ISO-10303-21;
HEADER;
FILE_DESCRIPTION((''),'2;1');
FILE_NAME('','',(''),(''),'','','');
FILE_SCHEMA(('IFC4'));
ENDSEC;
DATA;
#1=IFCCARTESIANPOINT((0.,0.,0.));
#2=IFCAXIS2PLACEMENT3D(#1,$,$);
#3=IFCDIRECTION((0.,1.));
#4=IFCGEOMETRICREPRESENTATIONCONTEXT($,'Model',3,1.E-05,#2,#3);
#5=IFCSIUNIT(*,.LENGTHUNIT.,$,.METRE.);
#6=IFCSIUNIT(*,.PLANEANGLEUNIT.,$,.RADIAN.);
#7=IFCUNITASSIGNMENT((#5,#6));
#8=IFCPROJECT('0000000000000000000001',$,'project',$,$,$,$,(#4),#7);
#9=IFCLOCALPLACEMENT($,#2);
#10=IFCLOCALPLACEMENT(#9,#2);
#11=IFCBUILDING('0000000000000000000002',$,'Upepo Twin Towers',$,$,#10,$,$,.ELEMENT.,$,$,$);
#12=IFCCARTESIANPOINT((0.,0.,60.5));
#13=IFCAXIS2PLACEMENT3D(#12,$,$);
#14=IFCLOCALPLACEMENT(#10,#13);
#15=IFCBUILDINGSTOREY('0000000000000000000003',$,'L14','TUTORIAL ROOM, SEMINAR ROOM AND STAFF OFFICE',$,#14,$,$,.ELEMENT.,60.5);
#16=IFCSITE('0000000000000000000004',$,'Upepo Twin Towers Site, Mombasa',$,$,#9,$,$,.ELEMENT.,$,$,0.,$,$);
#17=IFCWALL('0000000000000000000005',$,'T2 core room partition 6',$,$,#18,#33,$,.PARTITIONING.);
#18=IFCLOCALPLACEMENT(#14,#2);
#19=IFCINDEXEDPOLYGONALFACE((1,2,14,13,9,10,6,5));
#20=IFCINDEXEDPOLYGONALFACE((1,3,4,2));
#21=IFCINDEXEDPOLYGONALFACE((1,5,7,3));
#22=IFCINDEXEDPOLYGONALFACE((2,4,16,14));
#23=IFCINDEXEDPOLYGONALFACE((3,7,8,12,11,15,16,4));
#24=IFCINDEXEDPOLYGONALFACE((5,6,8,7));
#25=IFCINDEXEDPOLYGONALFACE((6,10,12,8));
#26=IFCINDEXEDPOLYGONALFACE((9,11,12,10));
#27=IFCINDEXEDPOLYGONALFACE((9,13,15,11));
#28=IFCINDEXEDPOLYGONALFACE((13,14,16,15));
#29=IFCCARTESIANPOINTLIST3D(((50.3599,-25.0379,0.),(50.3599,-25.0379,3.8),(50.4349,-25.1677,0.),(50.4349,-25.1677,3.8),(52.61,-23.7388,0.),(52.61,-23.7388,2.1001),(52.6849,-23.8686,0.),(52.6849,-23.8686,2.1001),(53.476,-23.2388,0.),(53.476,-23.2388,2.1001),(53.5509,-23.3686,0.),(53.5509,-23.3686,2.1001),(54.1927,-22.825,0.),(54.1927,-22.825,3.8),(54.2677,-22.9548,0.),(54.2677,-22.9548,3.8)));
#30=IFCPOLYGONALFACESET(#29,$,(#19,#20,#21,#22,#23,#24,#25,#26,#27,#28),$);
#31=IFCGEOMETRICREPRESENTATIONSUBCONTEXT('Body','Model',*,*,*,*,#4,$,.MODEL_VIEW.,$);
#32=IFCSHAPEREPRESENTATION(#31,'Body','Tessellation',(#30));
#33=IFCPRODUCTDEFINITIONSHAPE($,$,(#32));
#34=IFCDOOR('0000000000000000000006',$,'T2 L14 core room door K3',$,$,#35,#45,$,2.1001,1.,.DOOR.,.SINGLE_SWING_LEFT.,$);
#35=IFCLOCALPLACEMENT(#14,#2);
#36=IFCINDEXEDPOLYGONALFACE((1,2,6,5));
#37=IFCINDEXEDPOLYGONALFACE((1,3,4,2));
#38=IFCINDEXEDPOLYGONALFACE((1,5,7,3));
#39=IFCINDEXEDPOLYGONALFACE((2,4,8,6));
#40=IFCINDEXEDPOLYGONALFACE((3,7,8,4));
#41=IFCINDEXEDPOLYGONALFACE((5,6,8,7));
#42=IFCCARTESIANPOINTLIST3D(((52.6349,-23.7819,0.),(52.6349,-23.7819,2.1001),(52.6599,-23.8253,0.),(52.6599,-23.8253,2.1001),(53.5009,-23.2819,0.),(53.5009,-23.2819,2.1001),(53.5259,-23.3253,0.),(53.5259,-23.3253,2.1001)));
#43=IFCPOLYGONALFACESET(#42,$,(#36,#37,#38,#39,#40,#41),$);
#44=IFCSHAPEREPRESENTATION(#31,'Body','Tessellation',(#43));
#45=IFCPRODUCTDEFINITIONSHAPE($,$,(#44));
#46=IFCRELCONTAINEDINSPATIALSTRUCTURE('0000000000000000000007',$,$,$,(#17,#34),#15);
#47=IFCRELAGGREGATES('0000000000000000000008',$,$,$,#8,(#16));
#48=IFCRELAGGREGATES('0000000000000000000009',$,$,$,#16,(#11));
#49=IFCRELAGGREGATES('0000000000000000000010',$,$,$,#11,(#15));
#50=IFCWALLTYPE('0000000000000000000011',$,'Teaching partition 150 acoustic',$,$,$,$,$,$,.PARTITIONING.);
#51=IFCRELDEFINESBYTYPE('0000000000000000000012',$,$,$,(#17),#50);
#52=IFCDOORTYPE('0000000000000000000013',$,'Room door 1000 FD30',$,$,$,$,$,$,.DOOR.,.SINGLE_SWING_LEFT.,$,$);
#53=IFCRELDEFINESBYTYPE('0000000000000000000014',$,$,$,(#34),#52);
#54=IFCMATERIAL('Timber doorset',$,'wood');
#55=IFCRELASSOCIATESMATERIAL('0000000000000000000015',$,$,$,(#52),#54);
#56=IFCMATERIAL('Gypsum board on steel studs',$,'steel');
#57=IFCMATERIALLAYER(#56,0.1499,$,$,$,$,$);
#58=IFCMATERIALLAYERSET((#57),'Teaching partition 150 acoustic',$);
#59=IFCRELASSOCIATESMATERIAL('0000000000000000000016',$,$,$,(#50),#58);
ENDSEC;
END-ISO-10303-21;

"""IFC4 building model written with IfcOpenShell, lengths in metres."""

from ifc_helpers import new_model, si_unit, direction, frame, frame_2d, origin, place, context, subcontext, project, spatial, rectangle, extrude, material, layer, layer_set, type_object, element, fill, save


model = new_model("IFC4")

# Units and contexts
model_context = context("Model", 3, precision=1e-05, world=origin(), true_north=direction((0.0, 1.0)))
body_context = subcontext(model_context, "Body", "Model", "MODEL_VIEW")
ifc_project = project(units=[si_unit("LENGTHUNIT", "METRE"), si_unit("PLANEANGLEUNIT", "RADIAN")], contexts=[model_context])

# Site, building, storey
site_placement = place(None, origin())
site = spatial("IfcSite", under=ifc_project, at=site_placement, Name="Upepo Twin Towers Site, Mombasa", CompositionType="ELEMENT", RefElevation=0.0)
building_placement = place(site_placement, origin())
building = spatial("IfcBuilding", under=site, at=building_placement, Name="Upepo Twin Towers", CompositionType="ELEMENT")
storey_placement = place(building_placement, frame((0.0, 0.0, 60.5)))
storey = spatial("IfcBuildingStorey", under=building, at=storey_placement, Name="L14", Description="TUTORIAL ROOM, SEMINAR ROOM AND STAFF OFFICE", CompositionType="ELEMENT", Elevation=60.5)

# Shared definitions
ifc_material_1 = material(Name="Timber doorset", Category="wood")
door_type_1 = type_object("IfcDoorType", Name="Room door 1000 FD30", OperationType="SINGLE_SWING_LEFT", PredefinedType="DOOR", material=ifc_material_1)

# Wall, opening, door
ifc_material_2 = material(Name="Gypsum board on steel studs", Category="steel")
ifc_layer_1 = layer(ifc_material_2, 0.1499)
ifc_layer_set_1 = layer_set([ifc_layer_1], Name="Teaching partition 150 acoustic")
wall_type_1 = type_object("IfcWallType", Name="Teaching partition 150 acoustic", PredefinedType="PARTITIONING", material=ifc_layer_set_1)
wall_1_placement = place(storey_placement, frame((54.2302, -22.8899, 0.0), z_axis=(0.0, 0.0, 1.0), x_axis=(-0.866021, -0.500007, 0.0)))
wall_1 = element("IfcWall", 1, at=wall_1_placement, inside=storey, type_object=wall_type_1, Name="T2 core room partition 6", PredefinedType="PARTITIONING", context=body_context, shape_type="SweptSolid", body=[
    extrude(rectangle(XDim=4.4258, YDim=0.1499, at=frame_2d((2.2129, 0.0))), origin(), (0.0, 0.0, 1.0), 3.8),
])
opening_1_placement = place(wall_1_placement, frame((0.8276, 0.0, 0.0)))
opening_1 = element("IfcOpeningElement", 2, at=opening_1_placement, cuts=wall_1, PredefinedType="OPENING", context=body_context, shape_type="SweptSolid", body=[
    extrude(rectangle(XDim=1.0, YDim=2.1001, at=frame_2d((0.5, 1.05))), frame((0.0, 0.085, 0.0), z_axis=(0.0, -1.0, 0.0), x_axis=(1.0, 0.0, 0.0)), (0.0, 0.0, 1.0), 0.1699),
])
door_1_placement = place(opening_1_placement, origin())
door_1 = element("IfcDoor", 3, at=door_1_placement, inside=storey, type_object=door_type_1, Name="T2 L14 core room door K3", OperationType="SINGLE_SWING_LEFT", OverallHeight=2.1001, OverallWidth=1.0, PredefinedType="DOOR", context=body_context, shape_type="SweptSolid", body=[
    extrude(rectangle(XDim=1.0, YDim=2.1001, at=frame_2d((0.5, 1.05))), frame((0.0, 0.0249, 0.0), z_axis=(0.0, -1.0, 0.0), x_axis=(1.0, 0.0, 0.0)), (0.0, 0.0, 1.0), 0.05),
])
fill(opening_1, door_1)

save(model, "model.ifc")
